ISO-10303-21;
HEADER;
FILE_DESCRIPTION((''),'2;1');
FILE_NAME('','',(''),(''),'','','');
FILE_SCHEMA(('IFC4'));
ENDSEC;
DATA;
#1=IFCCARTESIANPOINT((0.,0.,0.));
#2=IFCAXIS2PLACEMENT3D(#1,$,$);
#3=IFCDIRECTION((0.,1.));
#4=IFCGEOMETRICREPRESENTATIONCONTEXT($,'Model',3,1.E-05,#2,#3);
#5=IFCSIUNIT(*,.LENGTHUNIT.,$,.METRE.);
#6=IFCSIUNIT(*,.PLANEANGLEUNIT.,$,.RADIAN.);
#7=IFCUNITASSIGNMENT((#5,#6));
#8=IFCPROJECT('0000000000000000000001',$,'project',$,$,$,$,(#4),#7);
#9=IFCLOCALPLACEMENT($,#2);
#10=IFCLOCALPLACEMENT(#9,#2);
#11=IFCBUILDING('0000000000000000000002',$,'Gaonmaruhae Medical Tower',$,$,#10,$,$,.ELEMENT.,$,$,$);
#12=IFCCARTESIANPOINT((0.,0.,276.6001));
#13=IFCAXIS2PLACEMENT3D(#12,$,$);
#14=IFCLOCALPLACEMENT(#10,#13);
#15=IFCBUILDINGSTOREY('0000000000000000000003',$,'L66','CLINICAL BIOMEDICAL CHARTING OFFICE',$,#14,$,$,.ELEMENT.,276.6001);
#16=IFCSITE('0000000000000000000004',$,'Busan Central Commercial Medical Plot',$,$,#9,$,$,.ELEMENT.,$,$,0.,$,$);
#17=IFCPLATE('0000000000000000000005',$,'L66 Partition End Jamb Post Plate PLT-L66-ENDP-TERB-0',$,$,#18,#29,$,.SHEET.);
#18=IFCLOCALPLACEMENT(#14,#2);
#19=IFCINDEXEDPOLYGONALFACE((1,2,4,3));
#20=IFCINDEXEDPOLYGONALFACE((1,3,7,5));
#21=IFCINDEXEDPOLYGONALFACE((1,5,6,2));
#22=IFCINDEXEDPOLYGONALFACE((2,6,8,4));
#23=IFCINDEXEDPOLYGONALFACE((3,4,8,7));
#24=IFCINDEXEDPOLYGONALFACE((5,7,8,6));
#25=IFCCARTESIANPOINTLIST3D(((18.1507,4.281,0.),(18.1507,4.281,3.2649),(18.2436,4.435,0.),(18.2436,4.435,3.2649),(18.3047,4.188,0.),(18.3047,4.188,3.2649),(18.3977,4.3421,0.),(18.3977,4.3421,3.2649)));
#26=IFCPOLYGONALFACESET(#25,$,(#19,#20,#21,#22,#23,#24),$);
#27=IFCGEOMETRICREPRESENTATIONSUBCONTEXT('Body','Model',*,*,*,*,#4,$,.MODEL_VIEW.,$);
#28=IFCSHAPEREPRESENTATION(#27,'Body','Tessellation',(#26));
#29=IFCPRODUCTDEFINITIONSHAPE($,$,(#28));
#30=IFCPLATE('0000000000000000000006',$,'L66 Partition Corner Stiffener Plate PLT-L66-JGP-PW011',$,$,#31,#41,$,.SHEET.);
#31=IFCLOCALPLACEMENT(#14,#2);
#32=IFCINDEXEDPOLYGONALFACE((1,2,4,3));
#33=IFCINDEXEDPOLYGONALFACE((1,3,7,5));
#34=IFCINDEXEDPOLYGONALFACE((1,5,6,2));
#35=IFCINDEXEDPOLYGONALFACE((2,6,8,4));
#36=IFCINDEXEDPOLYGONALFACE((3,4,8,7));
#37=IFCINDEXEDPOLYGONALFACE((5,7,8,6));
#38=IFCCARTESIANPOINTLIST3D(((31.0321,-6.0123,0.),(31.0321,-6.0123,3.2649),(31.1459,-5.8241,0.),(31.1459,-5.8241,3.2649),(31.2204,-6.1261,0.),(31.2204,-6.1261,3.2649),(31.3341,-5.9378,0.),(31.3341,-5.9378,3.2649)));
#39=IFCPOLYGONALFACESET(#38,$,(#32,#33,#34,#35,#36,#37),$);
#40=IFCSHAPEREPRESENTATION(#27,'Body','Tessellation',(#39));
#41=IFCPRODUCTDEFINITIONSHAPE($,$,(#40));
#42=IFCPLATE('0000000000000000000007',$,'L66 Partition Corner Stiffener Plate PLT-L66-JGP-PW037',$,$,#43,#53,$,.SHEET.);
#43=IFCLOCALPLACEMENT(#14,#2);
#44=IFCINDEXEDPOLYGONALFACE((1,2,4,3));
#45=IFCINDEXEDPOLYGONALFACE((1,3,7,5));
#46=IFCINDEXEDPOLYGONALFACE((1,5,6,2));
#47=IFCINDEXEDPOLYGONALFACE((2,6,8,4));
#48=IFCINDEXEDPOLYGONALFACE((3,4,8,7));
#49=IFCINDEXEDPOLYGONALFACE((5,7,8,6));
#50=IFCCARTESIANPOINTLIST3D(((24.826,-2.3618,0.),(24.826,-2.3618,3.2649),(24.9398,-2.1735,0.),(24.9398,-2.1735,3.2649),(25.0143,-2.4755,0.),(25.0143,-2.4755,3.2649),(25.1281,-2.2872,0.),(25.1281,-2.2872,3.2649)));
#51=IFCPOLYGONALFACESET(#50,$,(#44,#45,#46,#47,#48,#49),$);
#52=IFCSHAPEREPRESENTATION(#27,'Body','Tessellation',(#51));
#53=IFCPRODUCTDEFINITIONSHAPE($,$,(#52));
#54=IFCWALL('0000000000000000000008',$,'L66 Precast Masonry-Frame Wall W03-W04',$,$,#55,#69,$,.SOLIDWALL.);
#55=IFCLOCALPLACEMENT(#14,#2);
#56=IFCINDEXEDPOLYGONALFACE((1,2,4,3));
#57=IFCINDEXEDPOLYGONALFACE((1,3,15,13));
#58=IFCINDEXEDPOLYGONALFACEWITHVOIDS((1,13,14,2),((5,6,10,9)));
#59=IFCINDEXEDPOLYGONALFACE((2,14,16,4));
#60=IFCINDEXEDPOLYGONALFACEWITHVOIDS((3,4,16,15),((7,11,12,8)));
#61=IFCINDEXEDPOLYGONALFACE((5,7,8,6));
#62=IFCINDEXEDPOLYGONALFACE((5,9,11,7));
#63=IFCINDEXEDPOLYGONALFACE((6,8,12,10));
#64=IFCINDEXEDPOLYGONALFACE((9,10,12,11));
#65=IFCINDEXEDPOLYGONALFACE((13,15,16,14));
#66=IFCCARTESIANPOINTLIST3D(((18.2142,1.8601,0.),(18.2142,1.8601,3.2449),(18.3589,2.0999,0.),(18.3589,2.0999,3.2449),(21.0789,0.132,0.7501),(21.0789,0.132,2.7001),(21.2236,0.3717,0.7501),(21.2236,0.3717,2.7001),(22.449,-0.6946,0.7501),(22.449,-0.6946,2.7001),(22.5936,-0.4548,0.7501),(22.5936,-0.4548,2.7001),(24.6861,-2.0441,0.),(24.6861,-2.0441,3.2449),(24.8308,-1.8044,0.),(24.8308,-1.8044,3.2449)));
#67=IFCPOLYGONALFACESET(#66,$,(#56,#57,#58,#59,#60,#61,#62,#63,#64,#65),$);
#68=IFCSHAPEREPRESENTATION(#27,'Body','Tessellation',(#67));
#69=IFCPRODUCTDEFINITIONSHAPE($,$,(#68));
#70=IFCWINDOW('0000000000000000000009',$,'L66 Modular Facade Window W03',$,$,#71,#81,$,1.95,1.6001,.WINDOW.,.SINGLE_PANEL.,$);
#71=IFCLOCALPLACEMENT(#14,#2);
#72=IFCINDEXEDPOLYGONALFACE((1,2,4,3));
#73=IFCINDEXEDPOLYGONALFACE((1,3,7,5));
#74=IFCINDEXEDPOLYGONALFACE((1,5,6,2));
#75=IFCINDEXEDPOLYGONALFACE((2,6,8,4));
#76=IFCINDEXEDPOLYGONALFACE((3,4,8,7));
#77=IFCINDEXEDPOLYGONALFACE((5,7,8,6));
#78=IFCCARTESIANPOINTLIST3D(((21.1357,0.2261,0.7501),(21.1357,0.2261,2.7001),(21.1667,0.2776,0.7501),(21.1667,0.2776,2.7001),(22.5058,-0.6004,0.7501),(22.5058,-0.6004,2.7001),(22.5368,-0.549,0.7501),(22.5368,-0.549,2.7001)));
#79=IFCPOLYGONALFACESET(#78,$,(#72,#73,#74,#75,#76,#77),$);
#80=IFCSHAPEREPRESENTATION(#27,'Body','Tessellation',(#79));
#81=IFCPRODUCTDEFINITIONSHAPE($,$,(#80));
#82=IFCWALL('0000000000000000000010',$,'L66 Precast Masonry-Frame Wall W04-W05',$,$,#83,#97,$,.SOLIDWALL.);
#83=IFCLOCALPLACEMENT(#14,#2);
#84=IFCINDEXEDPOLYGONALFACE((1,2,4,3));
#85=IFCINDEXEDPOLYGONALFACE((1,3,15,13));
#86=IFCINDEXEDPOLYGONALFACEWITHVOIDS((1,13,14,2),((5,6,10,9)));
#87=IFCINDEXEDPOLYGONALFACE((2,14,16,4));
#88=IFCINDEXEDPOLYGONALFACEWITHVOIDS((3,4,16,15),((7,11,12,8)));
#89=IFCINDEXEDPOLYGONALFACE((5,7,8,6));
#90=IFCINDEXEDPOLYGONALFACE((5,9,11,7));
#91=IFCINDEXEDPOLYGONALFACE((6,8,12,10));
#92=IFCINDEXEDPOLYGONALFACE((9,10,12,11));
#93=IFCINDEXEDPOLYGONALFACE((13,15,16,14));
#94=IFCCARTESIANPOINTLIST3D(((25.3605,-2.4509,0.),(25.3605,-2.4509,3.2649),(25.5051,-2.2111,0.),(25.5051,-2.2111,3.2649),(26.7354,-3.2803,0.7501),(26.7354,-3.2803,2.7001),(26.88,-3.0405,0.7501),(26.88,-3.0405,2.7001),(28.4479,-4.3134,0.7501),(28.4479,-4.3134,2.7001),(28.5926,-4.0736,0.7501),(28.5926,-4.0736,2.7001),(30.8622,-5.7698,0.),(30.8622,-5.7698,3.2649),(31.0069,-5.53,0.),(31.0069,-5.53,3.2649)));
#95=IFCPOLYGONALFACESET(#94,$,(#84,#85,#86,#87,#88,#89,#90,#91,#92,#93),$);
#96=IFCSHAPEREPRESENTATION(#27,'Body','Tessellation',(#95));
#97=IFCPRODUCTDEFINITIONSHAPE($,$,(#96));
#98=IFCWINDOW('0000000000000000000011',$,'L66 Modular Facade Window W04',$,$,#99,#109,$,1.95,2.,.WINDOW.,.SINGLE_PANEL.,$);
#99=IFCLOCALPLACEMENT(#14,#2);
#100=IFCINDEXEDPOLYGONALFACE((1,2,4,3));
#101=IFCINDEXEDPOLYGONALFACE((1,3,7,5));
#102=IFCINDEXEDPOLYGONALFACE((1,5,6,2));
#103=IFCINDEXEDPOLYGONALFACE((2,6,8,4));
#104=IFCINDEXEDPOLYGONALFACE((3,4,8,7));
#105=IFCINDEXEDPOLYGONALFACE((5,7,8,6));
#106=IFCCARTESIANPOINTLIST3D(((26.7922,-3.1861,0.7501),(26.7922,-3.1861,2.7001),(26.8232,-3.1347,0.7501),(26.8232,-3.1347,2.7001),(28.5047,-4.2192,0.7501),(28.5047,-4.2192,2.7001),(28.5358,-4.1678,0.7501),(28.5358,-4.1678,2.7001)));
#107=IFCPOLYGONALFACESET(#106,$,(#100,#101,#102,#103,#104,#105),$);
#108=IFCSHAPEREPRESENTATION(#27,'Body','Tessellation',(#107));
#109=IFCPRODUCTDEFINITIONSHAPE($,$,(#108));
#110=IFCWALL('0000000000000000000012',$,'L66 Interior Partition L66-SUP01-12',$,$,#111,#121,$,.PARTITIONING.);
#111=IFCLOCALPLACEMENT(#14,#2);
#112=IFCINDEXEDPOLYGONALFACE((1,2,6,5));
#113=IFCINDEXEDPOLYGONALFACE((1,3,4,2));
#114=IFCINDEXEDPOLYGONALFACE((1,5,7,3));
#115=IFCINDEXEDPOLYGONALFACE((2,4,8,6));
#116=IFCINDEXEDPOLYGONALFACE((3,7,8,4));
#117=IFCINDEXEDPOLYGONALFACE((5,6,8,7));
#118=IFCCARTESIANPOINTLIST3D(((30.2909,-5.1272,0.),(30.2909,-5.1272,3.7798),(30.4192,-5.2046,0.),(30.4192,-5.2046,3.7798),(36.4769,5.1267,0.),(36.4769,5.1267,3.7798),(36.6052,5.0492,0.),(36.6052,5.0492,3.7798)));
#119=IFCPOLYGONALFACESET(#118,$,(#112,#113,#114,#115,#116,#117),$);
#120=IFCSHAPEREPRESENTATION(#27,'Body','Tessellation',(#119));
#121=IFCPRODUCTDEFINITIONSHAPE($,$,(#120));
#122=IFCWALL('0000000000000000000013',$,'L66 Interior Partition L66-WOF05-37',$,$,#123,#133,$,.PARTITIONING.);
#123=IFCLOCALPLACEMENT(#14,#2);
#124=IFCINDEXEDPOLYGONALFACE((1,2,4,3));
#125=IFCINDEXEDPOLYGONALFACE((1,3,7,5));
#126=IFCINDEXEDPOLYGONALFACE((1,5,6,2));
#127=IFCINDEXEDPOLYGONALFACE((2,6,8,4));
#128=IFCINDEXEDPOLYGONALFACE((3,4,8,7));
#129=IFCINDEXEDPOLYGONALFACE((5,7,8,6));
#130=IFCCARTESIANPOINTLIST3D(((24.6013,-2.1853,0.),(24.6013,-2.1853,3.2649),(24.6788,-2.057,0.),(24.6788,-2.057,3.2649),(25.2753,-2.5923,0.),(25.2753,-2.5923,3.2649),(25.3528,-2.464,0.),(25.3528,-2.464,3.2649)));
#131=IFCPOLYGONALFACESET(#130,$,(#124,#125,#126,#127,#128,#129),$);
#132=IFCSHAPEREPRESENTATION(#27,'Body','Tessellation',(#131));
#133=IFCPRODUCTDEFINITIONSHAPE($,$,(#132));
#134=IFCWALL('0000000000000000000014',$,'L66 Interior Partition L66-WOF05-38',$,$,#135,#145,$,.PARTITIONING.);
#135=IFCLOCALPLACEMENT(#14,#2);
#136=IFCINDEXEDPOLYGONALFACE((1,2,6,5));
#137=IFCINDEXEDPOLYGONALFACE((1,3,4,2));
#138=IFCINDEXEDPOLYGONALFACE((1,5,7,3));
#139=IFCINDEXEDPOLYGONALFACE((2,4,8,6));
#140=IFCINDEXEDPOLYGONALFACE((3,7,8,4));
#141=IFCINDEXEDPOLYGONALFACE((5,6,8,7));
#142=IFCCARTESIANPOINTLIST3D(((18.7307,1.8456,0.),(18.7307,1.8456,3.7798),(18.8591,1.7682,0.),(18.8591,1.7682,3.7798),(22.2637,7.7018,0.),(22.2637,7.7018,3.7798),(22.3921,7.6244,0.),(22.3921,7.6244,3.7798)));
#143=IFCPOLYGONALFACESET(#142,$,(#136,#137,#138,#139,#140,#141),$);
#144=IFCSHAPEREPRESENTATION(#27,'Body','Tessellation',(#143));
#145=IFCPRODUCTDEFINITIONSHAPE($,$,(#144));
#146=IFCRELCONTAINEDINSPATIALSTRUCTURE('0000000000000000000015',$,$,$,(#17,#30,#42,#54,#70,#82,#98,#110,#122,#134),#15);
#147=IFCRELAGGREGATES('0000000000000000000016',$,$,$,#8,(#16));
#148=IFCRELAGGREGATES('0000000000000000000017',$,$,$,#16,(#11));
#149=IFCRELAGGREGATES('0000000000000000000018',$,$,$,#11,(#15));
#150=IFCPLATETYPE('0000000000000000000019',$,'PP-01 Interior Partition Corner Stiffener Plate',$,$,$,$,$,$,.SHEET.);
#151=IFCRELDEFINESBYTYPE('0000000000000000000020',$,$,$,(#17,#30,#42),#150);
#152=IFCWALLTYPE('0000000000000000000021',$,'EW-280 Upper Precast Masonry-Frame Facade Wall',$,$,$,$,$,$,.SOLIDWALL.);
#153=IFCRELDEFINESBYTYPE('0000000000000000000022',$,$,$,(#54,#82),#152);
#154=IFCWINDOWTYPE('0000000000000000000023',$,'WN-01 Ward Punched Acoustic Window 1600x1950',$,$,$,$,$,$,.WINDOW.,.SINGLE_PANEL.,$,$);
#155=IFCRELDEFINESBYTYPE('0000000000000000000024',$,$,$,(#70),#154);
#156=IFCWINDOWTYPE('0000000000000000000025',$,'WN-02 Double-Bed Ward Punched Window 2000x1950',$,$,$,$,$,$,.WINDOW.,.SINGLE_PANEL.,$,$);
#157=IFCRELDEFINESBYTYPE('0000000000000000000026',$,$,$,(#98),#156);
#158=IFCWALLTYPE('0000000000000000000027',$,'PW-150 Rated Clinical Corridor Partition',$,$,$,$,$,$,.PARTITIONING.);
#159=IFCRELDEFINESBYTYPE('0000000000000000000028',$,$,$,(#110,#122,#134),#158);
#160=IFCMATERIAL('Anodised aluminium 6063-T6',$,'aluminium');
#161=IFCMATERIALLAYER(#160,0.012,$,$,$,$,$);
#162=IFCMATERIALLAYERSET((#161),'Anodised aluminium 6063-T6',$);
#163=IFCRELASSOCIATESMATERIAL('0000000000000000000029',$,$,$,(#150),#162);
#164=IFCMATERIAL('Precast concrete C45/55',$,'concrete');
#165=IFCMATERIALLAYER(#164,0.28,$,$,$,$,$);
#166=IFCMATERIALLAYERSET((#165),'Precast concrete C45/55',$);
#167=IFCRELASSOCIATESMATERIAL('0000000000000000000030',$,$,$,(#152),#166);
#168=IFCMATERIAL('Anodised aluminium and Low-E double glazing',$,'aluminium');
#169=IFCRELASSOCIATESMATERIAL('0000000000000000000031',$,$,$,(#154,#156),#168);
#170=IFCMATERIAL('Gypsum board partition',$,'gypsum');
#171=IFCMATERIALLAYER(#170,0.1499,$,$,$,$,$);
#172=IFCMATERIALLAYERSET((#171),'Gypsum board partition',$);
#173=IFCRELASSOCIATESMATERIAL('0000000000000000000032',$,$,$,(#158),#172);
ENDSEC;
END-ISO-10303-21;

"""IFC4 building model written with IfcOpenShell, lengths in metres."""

from ifc_helpers import new_model, si_unit, direction, frame, frame_2d, origin, origin_2d, place, context, subcontext, project, spatial, rectangle, extrude, material, layer, layer_set, type_object, element, fill, save


model = new_model("IFC4")

# Units and contexts
model_context = context("Model", 3, precision=1e-05, world=origin(), true_north=direction((0.0, 1.0)))
body_context = subcontext(model_context, "Body", "Model", "MODEL_VIEW")
ifc_project = project(units=[si_unit("LENGTHUNIT", "METRE"), si_unit("PLANEANGLEUNIT", "RADIAN")], contexts=[model_context])

# Site, building, storey
site_placement = place(None, origin())
site = spatial("IfcSite", under=ifc_project, at=site_placement, Name="Busan Central Commercial Medical Plot", CompositionType="ELEMENT", RefElevation=0.0)
building_placement = place(site_placement, origin())
building = spatial("IfcBuilding", under=site, at=building_placement, Name="Gaonmaruhae Medical Tower", CompositionType="ELEMENT")
storey_placement = place(building_placement, frame((0.0, 0.0, 276.6001)))
storey = spatial("IfcBuildingStorey", under=building, at=storey_placement, Name="L66", Description="CLINICAL BIOMEDICAL CHARTING OFFICE", CompositionType="ELEMENT", Elevation=276.6001)

# Plates
ifc_material_1 = material(Name="Anodised aluminium 6063-T6", Category="aluminium")
ifc_layer_1 = layer(ifc_material_1, 0.012)
ifc_layer_set_1 = layer_set([ifc_layer_1], Name="Anodised aluminium 6063-T6")
plate_type = type_object("IfcPlateType", Name="PP-01 Interior Partition Corner Stiffener Plate", PredefinedType="SHEET", material=ifc_layer_set_1)
plate_placement = place(storey_placement, frame((18.2742, 4.3115, 0.0), z_axis=(0.0, 0.0, 1.0), x_axis=(-0.856267, 0.516533, 0.0)))
element("IfcPlate", 1, at=plate_placement, inside=storey, type_object=plate_type, Name="L66 Partition End Jamb Post Plate PLT-L66-ENDP-TERB-0", PredefinedType="SHEET", context=body_context, shape_type="SweptSolid", body=[
    extrude(rectangle(XDim=0.1799, YDim=0.1799, at=origin_2d()), origin(), (0.0, 0.0, 1.0), 3.2649),
])
for number, where, z_axis, x_axis, name in (
    (2, (31.1831, -5.9751, 0.0), (0.0, 0.0, 1.0), (-0.85587, 0.517191, 0.0), "L66 Partition Corner Stiffener Plate PLT-L66-JGP-PW011"),
    (3, (24.9771, -2.3245, 0.0), (0.0, 0.0, 1.0), (-0.856033, 0.516922, 0.0), "L66 Partition Corner Stiffener Plate PLT-L66-JGP-PW037"),
):
    element("IfcPlate", number, at=place(storey_placement, frame(where, z_axis=z_axis, x_axis=x_axis)), inside=storey, type_object=plate_type, Name=name, PredefinedType="SHEET", context=body_context, shape_type="SweptSolid", body=[
        extrude(rectangle(XDim=0.22, YDim=0.22, at=origin_2d()), origin(), (0.0, 0.0, 1.0), 3.2649),
    ])

# Shared definitions
ifc_material_2 = material(Name="Precast concrete C45/55", Category="concrete")

# Walls, openings, windows
ifc_layer_2 = layer(ifc_material_2, 0.28)
ifc_layer_set_2 = layer_set([ifc_layer_2], Name="Precast concrete C45/55")
wall_type_1 = type_object("IfcWallType", Name="EW-280 Upper Precast Masonry-Frame Facade Wall", PredefinedType="SOLIDWALL", material=ifc_layer_set_2)
wall_1_placement = place(storey_placement, frame((24.7585, -1.9243, 0.0), z_axis=(0.0, 0.0, 1.0), x_axis=(-0.856256, 0.516551, 0.0)))
wall_1 = element("IfcWall", 4, at=wall_1_placement, inside=storey, type_object=wall_type_1, Name="L66 Precast Masonry-Frame Wall W03-W04", PredefinedType="SOLIDWALL", context=body_context, shape_type="SweptSolid", body=[
    extrude(rectangle(XDim=7.5583, YDim=0.28, at=frame_2d((3.7793, 0.0))), origin(), (0.0, 0.0, 1.0), 3.2449),
])
opening_1_placement = place(wall_1_placement, frame((2.6128, 0.0, 0.75)))
opening_1 = element("IfcOpeningElement", 5, at=opening_1_placement, cuts=wall_1, PredefinedType="OPENING", context=body_context, shape_type="SweptSolid", body=[
    extrude(rectangle(XDim=1.6001, YDim=1.95, at=frame_2d((0.8, 0.9751))), frame((0.0, 0.1499, 0.0), z_axis=(0.0, -1.0, 0.0), x_axis=(1.0, 0.0, 0.0)), (0.0, 0.0, 1.0), 0.3),
])
ifc_material_3 = material(Name="Anodised aluminium and Low-E double glazing", Category="aluminium")
window_type_1 = type_object("IfcWindowType", Name="WN-01 Ward Punched Acoustic Window 1600x1950", PartitioningType="SINGLE_PANEL", PredefinedType="WINDOW", material=ifc_material_3)
window_1_placement = place(opening_1_placement, origin())
window_1 = element("IfcWindow", 6, at=window_1_placement, inside=storey, type_object=window_type_1, Name="L66 Modular Facade Window W03", OverallHeight=1.95, OverallWidth=1.6001, PartitioningType="SINGLE_PANEL", PredefinedType="WINDOW", context=body_context, shape_type="SweptSolid", body=[
    extrude(rectangle(XDim=1.6001, YDim=1.95, at=frame_2d((0.8, 0.9751))), frame((0.0, 0.03, 0.0), z_axis=(0.0, -1.0, 0.0), x_axis=(1.0, 0.0, 0.0)), (0.0, 0.0, 1.0), 0.0601),
])
fill(opening_1, window_1)
wall_2_placement = place(storey_placement, frame((30.9346, -5.6499, 0.0), z_axis=(0.0, 0.0, 1.0), x_axis=(-0.856267, 0.516534, 0.0)))
wall_2 = element("IfcWall", 7, at=wall_2_placement, inside=storey, type_object=wall_type_1, Name="L66 Precast Masonry-Frame Wall W04-W05", PredefinedType="SOLIDWALL", context=body_context, shape_type="SweptSolid", body=[
    extrude(rectangle(XDim=6.4253, YDim=0.28, at=frame_2d((3.2126, 0.0))), origin(), (0.0, 0.0, 1.0), 3.2649),
])
opening_2_placement = place(wall_2_placement, frame((2.8196, 0.0, 0.75)))
opening_2 = element("IfcOpeningElement", 8, at=opening_2_placement, cuts=wall_2, PredefinedType="OPENING", context=body_context, shape_type="SweptSolid", body=[
    extrude(rectangle(XDim=2.0, YDim=1.95, at=frame_2d((1.0, 0.9751))), frame((0.0, 0.1499, 0.0), z_axis=(0.0, -1.0, 0.0), x_axis=(1.0, 0.0, 0.0)), (0.0, 0.0, 1.0), 0.3),
])
window_type_2 = type_object("IfcWindowType", Name="WN-02 Double-Bed Ward Punched Window 2000x1950", PartitioningType="SINGLE_PANEL", PredefinedType="WINDOW", material=ifc_material_3)
window_2_placement = place(opening_2_placement, origin())
window_2 = element("IfcWindow", 9, at=window_2_placement, inside=storey, type_object=window_type_2, Name="L66 Modular Facade Window W04", OverallHeight=1.95, OverallWidth=2.0, PartitioningType="SINGLE_PANEL", PredefinedType="WINDOW", context=body_context, shape_type="SweptSolid", body=[
    extrude(rectangle(XDim=2.0, YDim=1.95, at=frame_2d((1.0, 0.9751))), frame((0.0, 0.03, 0.0), z_axis=(0.0, -1.0, 0.0), x_axis=(1.0, 0.0, 0.0)), (0.0, 0.0, 1.0), 0.0601),
])
fill(opening_2, window_2)

# Walls
ifc_material_4 = material(Name="Gypsum board partition", Category="gypsum")
ifc_layer_3 = layer(ifc_material_4, 0.1499)
ifc_layer_set_3 = layer_set([ifc_layer_3], Name="Gypsum board partition")
wall_type_2 = type_object("IfcWallType", Name="PW-150 Rated Clinical Corridor Partition", PredefinedType="PARTITIONING", material=ifc_layer_set_3)
wall_3_placement = place(storey_placement, frame((30.355, -5.166, 0.0), z_axis=(0.0, 0.0, 1.0), x_axis=(0.516563, 0.856249, 0.0)))
element("IfcWall", 10, at=wall_3_placement, inside=storey, type_object=wall_type_2, Name="L66 Interior Partition L66-SUP01-12", PredefinedType="PARTITIONING", context=body_context, shape_type="SweptSolid", body=[
    extrude(rectangle(XDim=11.9753, YDim=0.1499, at=frame_2d((5.9878, 0.0))), origin(), (0.0, 0.0, 1.0), 3.7798),
])
wall_4_placement = place(storey_placement, frame((25.314, -2.5281, 0.0), z_axis=(0.0, 0.0, 1.0), x_axis=(-0.856067, 0.516865, 0.0)))
element("IfcWall", 11, at=wall_4_placement, inside=storey, type_object=wall_type_2, Name="L66 Interior Partition L66-WOF05-37", PredefinedType="PARTITIONING", context=body_context, shape_type="SweptSolid", body=[
    extrude(rectangle(XDim=0.7874, YDim=0.1499, at=frame_2d((0.3936, 0.0))), origin(), (0.0, 0.0, 1.0), 3.2649),
])
wall_5_placement = place(storey_placement, frame((18.7949, 1.8069, 0.0), z_axis=(0.0, 0.0, 1.0), x_axis=(0.516563, 0.856249, 0.0)))
element("IfcWall", 12, at=wall_5_placement, inside=storey, type_object=wall_type_2, Name="L66 Interior Partition L66-WOF05-38", PredefinedType="PARTITIONING", context=body_context, shape_type="SweptSolid", body=[
    extrude(rectangle(XDim=6.8394, YDim=0.1499, at=frame_2d((3.4197, 0.0))), origin(), (0.0, 0.0, 1.0), 3.7798),
])

save(model, "model.ifc")
